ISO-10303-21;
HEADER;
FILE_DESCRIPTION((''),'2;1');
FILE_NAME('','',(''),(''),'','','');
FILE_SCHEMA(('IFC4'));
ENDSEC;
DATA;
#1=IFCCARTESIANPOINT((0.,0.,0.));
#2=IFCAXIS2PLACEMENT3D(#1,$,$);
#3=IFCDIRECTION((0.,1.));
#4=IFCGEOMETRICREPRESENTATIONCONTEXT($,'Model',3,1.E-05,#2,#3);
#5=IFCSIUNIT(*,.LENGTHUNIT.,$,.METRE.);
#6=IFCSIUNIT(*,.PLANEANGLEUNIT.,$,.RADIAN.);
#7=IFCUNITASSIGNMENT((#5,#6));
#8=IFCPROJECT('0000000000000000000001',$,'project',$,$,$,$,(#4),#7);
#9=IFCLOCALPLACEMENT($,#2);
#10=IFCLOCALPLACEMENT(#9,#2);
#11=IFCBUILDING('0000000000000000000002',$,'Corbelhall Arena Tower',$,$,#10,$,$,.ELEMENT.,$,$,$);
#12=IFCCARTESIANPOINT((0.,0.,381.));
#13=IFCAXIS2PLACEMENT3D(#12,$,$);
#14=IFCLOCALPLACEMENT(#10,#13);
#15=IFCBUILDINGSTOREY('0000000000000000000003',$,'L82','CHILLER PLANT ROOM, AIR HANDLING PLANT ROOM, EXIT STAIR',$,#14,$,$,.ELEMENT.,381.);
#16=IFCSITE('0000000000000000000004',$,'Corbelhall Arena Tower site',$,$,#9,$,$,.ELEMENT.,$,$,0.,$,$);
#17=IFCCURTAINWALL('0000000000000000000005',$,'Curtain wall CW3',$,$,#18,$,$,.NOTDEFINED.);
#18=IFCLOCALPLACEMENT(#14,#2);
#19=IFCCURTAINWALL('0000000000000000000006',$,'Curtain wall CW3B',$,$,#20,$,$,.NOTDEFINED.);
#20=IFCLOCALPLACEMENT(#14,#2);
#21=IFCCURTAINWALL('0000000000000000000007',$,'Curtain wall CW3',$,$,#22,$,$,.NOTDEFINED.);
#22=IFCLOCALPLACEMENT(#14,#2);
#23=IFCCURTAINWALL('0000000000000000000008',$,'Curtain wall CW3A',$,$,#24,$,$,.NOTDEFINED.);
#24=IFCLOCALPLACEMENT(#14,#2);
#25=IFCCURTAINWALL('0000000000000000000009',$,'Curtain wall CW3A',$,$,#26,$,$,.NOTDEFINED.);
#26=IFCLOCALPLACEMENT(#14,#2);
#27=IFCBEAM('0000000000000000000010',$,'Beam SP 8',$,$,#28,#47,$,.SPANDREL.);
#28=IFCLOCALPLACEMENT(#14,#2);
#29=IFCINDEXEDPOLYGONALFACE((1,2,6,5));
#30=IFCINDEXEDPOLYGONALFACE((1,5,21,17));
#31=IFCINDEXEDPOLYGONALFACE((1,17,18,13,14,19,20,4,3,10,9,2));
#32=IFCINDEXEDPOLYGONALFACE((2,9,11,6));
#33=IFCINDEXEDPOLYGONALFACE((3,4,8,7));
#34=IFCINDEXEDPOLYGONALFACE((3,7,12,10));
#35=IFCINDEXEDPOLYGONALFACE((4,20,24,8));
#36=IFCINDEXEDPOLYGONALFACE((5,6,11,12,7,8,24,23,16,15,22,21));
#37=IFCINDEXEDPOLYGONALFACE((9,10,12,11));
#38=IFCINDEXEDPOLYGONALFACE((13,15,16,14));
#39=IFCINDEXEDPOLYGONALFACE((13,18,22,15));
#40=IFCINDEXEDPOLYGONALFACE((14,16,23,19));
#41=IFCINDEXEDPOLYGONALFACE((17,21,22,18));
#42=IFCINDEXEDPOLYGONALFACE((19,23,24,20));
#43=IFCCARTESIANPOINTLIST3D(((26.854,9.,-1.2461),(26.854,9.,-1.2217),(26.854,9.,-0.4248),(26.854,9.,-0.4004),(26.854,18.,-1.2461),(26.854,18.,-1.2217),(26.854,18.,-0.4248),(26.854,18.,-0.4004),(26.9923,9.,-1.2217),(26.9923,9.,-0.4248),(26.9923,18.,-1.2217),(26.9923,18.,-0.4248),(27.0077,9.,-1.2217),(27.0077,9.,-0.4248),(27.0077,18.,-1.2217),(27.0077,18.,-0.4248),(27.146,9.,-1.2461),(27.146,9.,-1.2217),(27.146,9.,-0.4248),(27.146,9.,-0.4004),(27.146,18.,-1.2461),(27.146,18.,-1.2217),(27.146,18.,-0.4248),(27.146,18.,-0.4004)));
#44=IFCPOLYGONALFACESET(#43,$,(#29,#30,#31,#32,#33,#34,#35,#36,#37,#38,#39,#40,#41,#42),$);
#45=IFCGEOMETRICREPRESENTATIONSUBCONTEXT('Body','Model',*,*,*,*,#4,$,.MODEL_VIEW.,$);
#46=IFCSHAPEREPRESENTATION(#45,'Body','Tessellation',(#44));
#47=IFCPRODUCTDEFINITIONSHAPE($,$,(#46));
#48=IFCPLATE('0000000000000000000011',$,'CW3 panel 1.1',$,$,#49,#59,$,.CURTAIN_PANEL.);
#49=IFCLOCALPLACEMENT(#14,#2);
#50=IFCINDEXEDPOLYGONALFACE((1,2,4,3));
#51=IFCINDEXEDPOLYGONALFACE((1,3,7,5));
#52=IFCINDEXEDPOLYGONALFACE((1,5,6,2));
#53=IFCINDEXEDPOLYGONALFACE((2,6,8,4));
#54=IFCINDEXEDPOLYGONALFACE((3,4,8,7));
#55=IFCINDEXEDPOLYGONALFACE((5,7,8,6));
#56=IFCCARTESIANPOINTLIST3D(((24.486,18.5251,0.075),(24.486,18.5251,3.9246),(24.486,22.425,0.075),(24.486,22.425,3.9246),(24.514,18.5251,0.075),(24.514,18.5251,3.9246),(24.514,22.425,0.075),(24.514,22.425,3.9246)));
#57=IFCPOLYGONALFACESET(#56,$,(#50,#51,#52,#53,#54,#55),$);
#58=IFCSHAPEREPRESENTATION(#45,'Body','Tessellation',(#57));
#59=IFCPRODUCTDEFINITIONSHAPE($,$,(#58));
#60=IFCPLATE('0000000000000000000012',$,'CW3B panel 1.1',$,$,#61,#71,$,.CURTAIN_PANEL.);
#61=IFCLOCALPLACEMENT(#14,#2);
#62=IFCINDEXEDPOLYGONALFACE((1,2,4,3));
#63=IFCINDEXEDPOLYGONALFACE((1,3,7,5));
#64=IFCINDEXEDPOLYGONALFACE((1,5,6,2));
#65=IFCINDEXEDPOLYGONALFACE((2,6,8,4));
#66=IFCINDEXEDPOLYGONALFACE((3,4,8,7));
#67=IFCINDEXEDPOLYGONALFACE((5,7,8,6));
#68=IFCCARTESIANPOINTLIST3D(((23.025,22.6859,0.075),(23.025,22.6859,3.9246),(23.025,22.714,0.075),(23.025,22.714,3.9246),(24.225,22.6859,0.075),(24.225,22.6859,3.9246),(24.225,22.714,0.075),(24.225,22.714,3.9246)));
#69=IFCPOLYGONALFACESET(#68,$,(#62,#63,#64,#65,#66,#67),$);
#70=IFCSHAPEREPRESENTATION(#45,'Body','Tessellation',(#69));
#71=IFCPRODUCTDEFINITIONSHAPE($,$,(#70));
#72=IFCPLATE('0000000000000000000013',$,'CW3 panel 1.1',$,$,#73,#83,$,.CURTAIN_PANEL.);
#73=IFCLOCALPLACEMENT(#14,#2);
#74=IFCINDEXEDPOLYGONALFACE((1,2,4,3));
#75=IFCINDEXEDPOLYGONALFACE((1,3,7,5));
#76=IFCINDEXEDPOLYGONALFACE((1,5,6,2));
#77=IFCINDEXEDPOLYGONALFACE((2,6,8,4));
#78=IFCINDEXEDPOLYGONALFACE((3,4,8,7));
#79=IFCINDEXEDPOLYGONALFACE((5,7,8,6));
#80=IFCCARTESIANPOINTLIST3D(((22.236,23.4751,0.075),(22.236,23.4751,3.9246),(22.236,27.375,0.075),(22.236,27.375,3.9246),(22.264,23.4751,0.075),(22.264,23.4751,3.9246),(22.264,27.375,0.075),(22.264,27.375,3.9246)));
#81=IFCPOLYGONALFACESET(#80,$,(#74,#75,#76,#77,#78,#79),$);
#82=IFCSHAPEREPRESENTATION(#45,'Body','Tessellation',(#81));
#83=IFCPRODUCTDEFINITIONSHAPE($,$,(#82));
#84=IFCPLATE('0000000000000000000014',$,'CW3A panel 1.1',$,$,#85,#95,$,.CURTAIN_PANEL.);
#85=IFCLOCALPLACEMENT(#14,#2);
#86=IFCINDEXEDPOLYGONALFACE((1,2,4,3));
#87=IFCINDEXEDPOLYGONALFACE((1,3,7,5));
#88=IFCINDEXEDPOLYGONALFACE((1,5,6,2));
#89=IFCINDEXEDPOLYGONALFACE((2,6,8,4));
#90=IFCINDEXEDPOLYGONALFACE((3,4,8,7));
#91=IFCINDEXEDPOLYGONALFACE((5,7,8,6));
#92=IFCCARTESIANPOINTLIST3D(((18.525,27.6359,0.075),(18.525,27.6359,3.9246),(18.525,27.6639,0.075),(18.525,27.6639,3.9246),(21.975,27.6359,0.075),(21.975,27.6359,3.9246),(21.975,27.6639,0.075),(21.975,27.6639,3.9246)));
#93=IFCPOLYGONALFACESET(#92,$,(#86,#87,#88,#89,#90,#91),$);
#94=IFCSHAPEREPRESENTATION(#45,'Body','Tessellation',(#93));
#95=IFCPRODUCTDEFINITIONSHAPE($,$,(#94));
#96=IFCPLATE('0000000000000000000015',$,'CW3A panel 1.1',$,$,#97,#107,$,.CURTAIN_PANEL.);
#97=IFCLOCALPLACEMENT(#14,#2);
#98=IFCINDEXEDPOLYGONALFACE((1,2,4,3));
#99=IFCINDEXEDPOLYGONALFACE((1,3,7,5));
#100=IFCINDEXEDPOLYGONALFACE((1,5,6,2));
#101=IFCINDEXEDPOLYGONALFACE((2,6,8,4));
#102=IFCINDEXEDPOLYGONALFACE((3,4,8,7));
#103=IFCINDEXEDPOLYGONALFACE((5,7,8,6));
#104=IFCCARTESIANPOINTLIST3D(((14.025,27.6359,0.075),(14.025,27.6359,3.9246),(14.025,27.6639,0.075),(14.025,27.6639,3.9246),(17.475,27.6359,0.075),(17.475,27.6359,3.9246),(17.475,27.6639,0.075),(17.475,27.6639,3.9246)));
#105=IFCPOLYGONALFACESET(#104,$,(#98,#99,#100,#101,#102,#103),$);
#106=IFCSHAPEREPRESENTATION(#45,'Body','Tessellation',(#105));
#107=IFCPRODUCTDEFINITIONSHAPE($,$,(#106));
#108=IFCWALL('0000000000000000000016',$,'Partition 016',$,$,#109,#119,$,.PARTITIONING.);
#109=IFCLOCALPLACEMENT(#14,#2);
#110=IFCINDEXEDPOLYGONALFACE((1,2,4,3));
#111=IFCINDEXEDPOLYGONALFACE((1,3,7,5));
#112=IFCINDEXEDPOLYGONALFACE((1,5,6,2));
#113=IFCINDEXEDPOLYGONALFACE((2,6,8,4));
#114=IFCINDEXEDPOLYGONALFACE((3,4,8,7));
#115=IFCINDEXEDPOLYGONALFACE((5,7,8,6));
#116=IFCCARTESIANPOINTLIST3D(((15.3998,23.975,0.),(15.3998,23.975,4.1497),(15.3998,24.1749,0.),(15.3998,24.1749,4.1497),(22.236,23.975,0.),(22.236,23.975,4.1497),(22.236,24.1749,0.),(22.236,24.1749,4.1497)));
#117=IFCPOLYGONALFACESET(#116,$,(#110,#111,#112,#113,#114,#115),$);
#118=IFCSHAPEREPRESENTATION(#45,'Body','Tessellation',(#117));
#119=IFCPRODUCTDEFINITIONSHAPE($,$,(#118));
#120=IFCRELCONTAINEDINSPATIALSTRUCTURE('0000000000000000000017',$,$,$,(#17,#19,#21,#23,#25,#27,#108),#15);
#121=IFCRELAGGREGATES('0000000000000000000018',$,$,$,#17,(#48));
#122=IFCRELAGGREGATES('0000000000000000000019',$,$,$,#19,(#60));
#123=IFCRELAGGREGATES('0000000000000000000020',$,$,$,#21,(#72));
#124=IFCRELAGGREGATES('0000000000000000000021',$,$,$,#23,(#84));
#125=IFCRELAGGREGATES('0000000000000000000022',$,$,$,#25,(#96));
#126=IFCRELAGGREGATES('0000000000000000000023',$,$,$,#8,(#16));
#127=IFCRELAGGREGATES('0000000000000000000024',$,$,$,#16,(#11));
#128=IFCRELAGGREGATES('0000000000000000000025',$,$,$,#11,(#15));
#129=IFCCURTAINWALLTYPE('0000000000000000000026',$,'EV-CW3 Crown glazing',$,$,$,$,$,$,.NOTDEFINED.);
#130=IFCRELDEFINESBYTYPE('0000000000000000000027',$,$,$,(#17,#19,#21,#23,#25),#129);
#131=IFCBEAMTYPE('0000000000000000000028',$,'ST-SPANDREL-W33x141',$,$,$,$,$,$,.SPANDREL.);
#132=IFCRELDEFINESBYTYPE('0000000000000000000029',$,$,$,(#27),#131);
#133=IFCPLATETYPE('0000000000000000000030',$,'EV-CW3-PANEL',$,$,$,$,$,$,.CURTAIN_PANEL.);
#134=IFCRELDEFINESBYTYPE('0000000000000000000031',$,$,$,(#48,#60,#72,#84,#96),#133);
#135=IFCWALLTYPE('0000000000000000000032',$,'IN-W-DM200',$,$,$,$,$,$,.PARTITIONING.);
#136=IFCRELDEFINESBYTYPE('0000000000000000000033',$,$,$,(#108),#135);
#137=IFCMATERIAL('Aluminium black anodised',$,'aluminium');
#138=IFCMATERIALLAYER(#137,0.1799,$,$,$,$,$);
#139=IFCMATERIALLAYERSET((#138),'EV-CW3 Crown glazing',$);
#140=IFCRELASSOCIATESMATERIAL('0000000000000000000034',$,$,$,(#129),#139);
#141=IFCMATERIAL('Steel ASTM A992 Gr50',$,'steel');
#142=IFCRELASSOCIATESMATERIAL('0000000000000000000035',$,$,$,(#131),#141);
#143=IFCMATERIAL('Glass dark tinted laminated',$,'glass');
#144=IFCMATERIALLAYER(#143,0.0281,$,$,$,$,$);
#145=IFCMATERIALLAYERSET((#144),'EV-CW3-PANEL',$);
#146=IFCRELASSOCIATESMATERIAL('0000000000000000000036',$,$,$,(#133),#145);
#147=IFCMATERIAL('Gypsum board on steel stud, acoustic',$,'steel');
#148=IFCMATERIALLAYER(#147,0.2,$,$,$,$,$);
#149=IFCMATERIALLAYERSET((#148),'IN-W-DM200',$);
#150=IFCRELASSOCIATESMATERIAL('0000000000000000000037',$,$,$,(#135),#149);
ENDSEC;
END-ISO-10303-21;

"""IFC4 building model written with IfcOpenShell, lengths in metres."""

from ifc_helpers import new_model, si_unit, direction, frame, frame_2d, origin, origin_2d, place, context, subcontext, project, spatial, rectangle, i_section, extrude, material, layer, layer_set, material_profile, profile_set, type_object, element, aggregate, save


model = new_model("IFC4")

# Units and contexts
model_context = context("Model", 3, precision=1e-05, world=origin(), true_north=direction((0.0, 1.0)))
body_context = subcontext(model_context, "Body", "Model", "MODEL_VIEW")
ifc_project = project(units=[si_unit("LENGTHUNIT", "METRE"), si_unit("PLANEANGLEUNIT", "RADIAN")], contexts=[model_context])

# Site, building, storey
site_placement = place(None, origin())
site = spatial("IfcSite", under=ifc_project, at=site_placement, Name="Corbelhall Arena Tower site", CompositionType="ELEMENT", RefElevation=0.0)
building_placement = place(site_placement, origin())
building = spatial("IfcBuilding", under=site, at=building_placement, Name="Corbelhall Arena Tower", CompositionType="ELEMENT")
storey_placement = place(building_placement, frame((0.0, 0.0, 381.0)))
storey = spatial("IfcBuildingStorey", under=building, at=storey_placement, Name="L82", Description="CHILLER PLANT ROOM, AIR HANDLING PLANT ROOM, EXIT STAIR", CompositionType="ELEMENT", Elevation=381.0)

# Curtain walls
ifc_material_1 = material(Name="Aluminium black anodised", Category="aluminium")
ifc_layer_1 = layer(ifc_material_1, 0.1799)
ifc_layer_set_1 = layer_set([ifc_layer_1], Name="EV-CW3 Crown glazing")
curtain_wall_type = type_object("IfcCurtainWallType", Name="EV-CW3 Crown glazing", PredefinedType="NOTDEFINED", material=ifc_layer_set_1)
curtain_wall_1_placement = place(storey_placement, origin())
curtain_wall_1 = element("IfcCurtainWall", 1, at=curtain_wall_1_placement, inside=storey, type_object=curtain_wall_type, Name="Curtain wall CW3", PredefinedType="NOTDEFINED")
curtain_wall_2_placement = place(storey_placement, origin())
curtain_wall_2 = element("IfcCurtainWall", 2, at=curtain_wall_2_placement, inside=storey, type_object=curtain_wall_type, Name="Curtain wall CW3B", PredefinedType="NOTDEFINED")
curtain_wall_3_placement = place(storey_placement, origin())
curtain_wall_3 = element("IfcCurtainWall", 3, at=curtain_wall_3_placement, inside=storey, type_object=curtain_wall_type, Name="Curtain wall CW3", PredefinedType="NOTDEFINED")
curtain_wall_4_placement = place(storey_placement, origin())
curtain_wall_4 = element("IfcCurtainWall", 4, at=curtain_wall_4_placement, inside=storey, type_object=curtain_wall_type, Name="Curtain wall CW3A", PredefinedType="NOTDEFINED")

# Curtain wall
curtain_wall_5_placement = place(storey_placement, origin())
curtain_wall_5 = element("IfcCurtainWall", 5, at=curtain_wall_5_placement, inside=storey, type_object=curtain_wall_type, Name="Curtain wall CW3A", PredefinedType="NOTDEFINED")

# Beam
ifc_material_2 = material(Name="Steel ASTM A992 Gr50", Category="steel")
ifc_material_profile_1 = material_profile(ifc_material_2, i_section(OverallWidth=0.292, OverallDepth=0.8457, WebThickness=0.0154, FlangeThickness=0.0244, at=origin_2d()))
ifc_profile_set_1 = profile_set([ifc_material_profile_1], Name="Steel ASTM A992 Gr50")
beam_type_1 = type_object("IfcBeamType", Name="ST-SPANDREL-W33x141", PredefinedType="SPANDREL", material=ifc_profile_set_1)
beam_1_placement = place(storey_placement, frame((27.0, 18.0, -0.8232), z_axis=(0.0, -1.0, 0.0), x_axis=(1.0, 0.0, 0.0)))
element("IfcBeam", 6, at=beam_1_placement, inside=storey, type_object=beam_type_1, Name="Beam SP 8", PredefinedType="SPANDREL", context=body_context, shape_type="SweptSolid", body=[
    extrude(i_section(OverallWidth=0.292, OverallDepth=0.8457, WebThickness=0.0154, FlangeThickness=0.0244, at=origin_2d()), origin(), (0.0, 0.0, 1.0), 9.0),
])

# Plates
ifc_material_3 = material(Name="Glass dark tinted laminated", Category="glass")
ifc_layer_2 = layer(ifc_material_3, 0.0281)
ifc_layer_set_2 = layer_set([ifc_layer_2], Name="EV-CW3-PANEL")
plate_type = type_object("IfcPlateType", Name="EV-CW3-PANEL", PredefinedType="CURTAIN_PANEL", material=ifc_layer_set_2)
plate_1_placement = place(storey_placement, frame((24.5, 20.4751, 0.075), z_axis=(0.0, 0.0, 1.0), x_axis=(0.0, 1.0, 0.0)))
plate_1 = element("IfcPlate", 7, at=plate_1_placement, type_object=plate_type, Name="CW3 panel 1.1", PredefinedType="CURTAIN_PANEL", context=body_context, shape_type="SweptSolid", body=[
    extrude(rectangle(XDim=3.8999, YDim=0.0281, at=origin_2d()), origin(), (0.0, 0.0, 1.0), 3.8496),
])
aggregate(curtain_wall_1, [plate_1])
plate_2_placement = place(storey_placement, frame((23.625, 22.7, 0.075), z_axis=(0.0, 0.0, 1.0), x_axis=(-1.0, 0.0, 0.0)))
plate_2 = element("IfcPlate", 8, at=plate_2_placement, type_object=plate_type, Name="CW3B panel 1.1", PredefinedType="CURTAIN_PANEL", context=body_context, shape_type="SweptSolid", body=[
    extrude(rectangle(XDim=1.2, YDim=0.0281, at=origin_2d()), origin(), (0.0, 0.0, 1.0), 3.8496),
])
aggregate(curtain_wall_2, [plate_2])
plate_3_placement = place(storey_placement, frame((22.25, 25.425, 0.075), z_axis=(0.0, 0.0, 1.0), x_axis=(0.0, 1.0, 0.0)))
plate_3 = element("IfcPlate", 9, at=plate_3_placement, type_object=plate_type, Name="CW3 panel 1.1", PredefinedType="CURTAIN_PANEL", context=body_context, shape_type="SweptSolid", body=[
    extrude(rectangle(XDim=3.8999, YDim=0.0281, at=origin_2d()), origin(), (0.0, 0.0, 1.0), 3.8496),
])
aggregate(curtain_wall_3, [plate_3])
plate_4_placement = place(storey_placement, frame((20.25, 27.6499, 0.075), z_axis=(0.0, 0.0, 1.0), x_axis=(-1.0, 0.0, 0.0)))
plate_4 = element("IfcPlate", 10, at=plate_4_placement, type_object=plate_type, Name="CW3A panel 1.1", PredefinedType="CURTAIN_PANEL", context=body_context, shape_type="SweptSolid", body=[
    extrude(rectangle(XDim=3.45, YDim=0.0281, at=origin_2d()), origin(), (0.0, 0.0, 1.0), 3.8496),
])
aggregate(curtain_wall_4, [plate_4])
plate_5_placement = place(storey_placement, frame((15.75, 27.6499, 0.075), z_axis=(0.0, 0.0, 1.0), x_axis=(-1.0, 0.0, 0.0)))
plate_5 = element("IfcPlate", 11, at=plate_5_placement, type_object=plate_type, Name="CW3A panel 1.1", PredefinedType="CURTAIN_PANEL", context=body_context, shape_type="SweptSolid", body=[
    extrude(rectangle(XDim=3.45, YDim=0.0281, at=origin_2d()), origin(), (0.0, 0.0, 1.0), 3.8496),
])
aggregate(curtain_wall_5, [plate_5])

# Wall
ifc_material_4 = material(Name="Gypsum board on steel stud, acoustic", Category="steel")
ifc_layer_3 = layer(ifc_material_4, 0.2)
ifc_layer_set_3 = layer_set([ifc_layer_3], Name="IN-W-DM200")
wall_type = type_object("IfcWallType", Name="IN-W-DM200", PredefinedType="PARTITIONING", material=ifc_layer_set_3)
wall_placement = place(storey_placement, frame((15.3999, 24.075, 0.0), z_axis=(0.0, 0.0, 1.0), x_axis=(1.0, 0.0, 0.0)))
element("IfcWall", 12, at=wall_placement, inside=storey, type_object=wall_type, Name="Partition 016", PredefinedType="PARTITIONING", context=body_context, shape_type="SweptSolid", body=[
    extrude(rectangle(XDim=6.8362, YDim=0.2, at=frame_2d((3.418, 0.0))), origin(), (0.0, 0.0, 1.0), 4.1497),
])

save(model, "model.ifc")
